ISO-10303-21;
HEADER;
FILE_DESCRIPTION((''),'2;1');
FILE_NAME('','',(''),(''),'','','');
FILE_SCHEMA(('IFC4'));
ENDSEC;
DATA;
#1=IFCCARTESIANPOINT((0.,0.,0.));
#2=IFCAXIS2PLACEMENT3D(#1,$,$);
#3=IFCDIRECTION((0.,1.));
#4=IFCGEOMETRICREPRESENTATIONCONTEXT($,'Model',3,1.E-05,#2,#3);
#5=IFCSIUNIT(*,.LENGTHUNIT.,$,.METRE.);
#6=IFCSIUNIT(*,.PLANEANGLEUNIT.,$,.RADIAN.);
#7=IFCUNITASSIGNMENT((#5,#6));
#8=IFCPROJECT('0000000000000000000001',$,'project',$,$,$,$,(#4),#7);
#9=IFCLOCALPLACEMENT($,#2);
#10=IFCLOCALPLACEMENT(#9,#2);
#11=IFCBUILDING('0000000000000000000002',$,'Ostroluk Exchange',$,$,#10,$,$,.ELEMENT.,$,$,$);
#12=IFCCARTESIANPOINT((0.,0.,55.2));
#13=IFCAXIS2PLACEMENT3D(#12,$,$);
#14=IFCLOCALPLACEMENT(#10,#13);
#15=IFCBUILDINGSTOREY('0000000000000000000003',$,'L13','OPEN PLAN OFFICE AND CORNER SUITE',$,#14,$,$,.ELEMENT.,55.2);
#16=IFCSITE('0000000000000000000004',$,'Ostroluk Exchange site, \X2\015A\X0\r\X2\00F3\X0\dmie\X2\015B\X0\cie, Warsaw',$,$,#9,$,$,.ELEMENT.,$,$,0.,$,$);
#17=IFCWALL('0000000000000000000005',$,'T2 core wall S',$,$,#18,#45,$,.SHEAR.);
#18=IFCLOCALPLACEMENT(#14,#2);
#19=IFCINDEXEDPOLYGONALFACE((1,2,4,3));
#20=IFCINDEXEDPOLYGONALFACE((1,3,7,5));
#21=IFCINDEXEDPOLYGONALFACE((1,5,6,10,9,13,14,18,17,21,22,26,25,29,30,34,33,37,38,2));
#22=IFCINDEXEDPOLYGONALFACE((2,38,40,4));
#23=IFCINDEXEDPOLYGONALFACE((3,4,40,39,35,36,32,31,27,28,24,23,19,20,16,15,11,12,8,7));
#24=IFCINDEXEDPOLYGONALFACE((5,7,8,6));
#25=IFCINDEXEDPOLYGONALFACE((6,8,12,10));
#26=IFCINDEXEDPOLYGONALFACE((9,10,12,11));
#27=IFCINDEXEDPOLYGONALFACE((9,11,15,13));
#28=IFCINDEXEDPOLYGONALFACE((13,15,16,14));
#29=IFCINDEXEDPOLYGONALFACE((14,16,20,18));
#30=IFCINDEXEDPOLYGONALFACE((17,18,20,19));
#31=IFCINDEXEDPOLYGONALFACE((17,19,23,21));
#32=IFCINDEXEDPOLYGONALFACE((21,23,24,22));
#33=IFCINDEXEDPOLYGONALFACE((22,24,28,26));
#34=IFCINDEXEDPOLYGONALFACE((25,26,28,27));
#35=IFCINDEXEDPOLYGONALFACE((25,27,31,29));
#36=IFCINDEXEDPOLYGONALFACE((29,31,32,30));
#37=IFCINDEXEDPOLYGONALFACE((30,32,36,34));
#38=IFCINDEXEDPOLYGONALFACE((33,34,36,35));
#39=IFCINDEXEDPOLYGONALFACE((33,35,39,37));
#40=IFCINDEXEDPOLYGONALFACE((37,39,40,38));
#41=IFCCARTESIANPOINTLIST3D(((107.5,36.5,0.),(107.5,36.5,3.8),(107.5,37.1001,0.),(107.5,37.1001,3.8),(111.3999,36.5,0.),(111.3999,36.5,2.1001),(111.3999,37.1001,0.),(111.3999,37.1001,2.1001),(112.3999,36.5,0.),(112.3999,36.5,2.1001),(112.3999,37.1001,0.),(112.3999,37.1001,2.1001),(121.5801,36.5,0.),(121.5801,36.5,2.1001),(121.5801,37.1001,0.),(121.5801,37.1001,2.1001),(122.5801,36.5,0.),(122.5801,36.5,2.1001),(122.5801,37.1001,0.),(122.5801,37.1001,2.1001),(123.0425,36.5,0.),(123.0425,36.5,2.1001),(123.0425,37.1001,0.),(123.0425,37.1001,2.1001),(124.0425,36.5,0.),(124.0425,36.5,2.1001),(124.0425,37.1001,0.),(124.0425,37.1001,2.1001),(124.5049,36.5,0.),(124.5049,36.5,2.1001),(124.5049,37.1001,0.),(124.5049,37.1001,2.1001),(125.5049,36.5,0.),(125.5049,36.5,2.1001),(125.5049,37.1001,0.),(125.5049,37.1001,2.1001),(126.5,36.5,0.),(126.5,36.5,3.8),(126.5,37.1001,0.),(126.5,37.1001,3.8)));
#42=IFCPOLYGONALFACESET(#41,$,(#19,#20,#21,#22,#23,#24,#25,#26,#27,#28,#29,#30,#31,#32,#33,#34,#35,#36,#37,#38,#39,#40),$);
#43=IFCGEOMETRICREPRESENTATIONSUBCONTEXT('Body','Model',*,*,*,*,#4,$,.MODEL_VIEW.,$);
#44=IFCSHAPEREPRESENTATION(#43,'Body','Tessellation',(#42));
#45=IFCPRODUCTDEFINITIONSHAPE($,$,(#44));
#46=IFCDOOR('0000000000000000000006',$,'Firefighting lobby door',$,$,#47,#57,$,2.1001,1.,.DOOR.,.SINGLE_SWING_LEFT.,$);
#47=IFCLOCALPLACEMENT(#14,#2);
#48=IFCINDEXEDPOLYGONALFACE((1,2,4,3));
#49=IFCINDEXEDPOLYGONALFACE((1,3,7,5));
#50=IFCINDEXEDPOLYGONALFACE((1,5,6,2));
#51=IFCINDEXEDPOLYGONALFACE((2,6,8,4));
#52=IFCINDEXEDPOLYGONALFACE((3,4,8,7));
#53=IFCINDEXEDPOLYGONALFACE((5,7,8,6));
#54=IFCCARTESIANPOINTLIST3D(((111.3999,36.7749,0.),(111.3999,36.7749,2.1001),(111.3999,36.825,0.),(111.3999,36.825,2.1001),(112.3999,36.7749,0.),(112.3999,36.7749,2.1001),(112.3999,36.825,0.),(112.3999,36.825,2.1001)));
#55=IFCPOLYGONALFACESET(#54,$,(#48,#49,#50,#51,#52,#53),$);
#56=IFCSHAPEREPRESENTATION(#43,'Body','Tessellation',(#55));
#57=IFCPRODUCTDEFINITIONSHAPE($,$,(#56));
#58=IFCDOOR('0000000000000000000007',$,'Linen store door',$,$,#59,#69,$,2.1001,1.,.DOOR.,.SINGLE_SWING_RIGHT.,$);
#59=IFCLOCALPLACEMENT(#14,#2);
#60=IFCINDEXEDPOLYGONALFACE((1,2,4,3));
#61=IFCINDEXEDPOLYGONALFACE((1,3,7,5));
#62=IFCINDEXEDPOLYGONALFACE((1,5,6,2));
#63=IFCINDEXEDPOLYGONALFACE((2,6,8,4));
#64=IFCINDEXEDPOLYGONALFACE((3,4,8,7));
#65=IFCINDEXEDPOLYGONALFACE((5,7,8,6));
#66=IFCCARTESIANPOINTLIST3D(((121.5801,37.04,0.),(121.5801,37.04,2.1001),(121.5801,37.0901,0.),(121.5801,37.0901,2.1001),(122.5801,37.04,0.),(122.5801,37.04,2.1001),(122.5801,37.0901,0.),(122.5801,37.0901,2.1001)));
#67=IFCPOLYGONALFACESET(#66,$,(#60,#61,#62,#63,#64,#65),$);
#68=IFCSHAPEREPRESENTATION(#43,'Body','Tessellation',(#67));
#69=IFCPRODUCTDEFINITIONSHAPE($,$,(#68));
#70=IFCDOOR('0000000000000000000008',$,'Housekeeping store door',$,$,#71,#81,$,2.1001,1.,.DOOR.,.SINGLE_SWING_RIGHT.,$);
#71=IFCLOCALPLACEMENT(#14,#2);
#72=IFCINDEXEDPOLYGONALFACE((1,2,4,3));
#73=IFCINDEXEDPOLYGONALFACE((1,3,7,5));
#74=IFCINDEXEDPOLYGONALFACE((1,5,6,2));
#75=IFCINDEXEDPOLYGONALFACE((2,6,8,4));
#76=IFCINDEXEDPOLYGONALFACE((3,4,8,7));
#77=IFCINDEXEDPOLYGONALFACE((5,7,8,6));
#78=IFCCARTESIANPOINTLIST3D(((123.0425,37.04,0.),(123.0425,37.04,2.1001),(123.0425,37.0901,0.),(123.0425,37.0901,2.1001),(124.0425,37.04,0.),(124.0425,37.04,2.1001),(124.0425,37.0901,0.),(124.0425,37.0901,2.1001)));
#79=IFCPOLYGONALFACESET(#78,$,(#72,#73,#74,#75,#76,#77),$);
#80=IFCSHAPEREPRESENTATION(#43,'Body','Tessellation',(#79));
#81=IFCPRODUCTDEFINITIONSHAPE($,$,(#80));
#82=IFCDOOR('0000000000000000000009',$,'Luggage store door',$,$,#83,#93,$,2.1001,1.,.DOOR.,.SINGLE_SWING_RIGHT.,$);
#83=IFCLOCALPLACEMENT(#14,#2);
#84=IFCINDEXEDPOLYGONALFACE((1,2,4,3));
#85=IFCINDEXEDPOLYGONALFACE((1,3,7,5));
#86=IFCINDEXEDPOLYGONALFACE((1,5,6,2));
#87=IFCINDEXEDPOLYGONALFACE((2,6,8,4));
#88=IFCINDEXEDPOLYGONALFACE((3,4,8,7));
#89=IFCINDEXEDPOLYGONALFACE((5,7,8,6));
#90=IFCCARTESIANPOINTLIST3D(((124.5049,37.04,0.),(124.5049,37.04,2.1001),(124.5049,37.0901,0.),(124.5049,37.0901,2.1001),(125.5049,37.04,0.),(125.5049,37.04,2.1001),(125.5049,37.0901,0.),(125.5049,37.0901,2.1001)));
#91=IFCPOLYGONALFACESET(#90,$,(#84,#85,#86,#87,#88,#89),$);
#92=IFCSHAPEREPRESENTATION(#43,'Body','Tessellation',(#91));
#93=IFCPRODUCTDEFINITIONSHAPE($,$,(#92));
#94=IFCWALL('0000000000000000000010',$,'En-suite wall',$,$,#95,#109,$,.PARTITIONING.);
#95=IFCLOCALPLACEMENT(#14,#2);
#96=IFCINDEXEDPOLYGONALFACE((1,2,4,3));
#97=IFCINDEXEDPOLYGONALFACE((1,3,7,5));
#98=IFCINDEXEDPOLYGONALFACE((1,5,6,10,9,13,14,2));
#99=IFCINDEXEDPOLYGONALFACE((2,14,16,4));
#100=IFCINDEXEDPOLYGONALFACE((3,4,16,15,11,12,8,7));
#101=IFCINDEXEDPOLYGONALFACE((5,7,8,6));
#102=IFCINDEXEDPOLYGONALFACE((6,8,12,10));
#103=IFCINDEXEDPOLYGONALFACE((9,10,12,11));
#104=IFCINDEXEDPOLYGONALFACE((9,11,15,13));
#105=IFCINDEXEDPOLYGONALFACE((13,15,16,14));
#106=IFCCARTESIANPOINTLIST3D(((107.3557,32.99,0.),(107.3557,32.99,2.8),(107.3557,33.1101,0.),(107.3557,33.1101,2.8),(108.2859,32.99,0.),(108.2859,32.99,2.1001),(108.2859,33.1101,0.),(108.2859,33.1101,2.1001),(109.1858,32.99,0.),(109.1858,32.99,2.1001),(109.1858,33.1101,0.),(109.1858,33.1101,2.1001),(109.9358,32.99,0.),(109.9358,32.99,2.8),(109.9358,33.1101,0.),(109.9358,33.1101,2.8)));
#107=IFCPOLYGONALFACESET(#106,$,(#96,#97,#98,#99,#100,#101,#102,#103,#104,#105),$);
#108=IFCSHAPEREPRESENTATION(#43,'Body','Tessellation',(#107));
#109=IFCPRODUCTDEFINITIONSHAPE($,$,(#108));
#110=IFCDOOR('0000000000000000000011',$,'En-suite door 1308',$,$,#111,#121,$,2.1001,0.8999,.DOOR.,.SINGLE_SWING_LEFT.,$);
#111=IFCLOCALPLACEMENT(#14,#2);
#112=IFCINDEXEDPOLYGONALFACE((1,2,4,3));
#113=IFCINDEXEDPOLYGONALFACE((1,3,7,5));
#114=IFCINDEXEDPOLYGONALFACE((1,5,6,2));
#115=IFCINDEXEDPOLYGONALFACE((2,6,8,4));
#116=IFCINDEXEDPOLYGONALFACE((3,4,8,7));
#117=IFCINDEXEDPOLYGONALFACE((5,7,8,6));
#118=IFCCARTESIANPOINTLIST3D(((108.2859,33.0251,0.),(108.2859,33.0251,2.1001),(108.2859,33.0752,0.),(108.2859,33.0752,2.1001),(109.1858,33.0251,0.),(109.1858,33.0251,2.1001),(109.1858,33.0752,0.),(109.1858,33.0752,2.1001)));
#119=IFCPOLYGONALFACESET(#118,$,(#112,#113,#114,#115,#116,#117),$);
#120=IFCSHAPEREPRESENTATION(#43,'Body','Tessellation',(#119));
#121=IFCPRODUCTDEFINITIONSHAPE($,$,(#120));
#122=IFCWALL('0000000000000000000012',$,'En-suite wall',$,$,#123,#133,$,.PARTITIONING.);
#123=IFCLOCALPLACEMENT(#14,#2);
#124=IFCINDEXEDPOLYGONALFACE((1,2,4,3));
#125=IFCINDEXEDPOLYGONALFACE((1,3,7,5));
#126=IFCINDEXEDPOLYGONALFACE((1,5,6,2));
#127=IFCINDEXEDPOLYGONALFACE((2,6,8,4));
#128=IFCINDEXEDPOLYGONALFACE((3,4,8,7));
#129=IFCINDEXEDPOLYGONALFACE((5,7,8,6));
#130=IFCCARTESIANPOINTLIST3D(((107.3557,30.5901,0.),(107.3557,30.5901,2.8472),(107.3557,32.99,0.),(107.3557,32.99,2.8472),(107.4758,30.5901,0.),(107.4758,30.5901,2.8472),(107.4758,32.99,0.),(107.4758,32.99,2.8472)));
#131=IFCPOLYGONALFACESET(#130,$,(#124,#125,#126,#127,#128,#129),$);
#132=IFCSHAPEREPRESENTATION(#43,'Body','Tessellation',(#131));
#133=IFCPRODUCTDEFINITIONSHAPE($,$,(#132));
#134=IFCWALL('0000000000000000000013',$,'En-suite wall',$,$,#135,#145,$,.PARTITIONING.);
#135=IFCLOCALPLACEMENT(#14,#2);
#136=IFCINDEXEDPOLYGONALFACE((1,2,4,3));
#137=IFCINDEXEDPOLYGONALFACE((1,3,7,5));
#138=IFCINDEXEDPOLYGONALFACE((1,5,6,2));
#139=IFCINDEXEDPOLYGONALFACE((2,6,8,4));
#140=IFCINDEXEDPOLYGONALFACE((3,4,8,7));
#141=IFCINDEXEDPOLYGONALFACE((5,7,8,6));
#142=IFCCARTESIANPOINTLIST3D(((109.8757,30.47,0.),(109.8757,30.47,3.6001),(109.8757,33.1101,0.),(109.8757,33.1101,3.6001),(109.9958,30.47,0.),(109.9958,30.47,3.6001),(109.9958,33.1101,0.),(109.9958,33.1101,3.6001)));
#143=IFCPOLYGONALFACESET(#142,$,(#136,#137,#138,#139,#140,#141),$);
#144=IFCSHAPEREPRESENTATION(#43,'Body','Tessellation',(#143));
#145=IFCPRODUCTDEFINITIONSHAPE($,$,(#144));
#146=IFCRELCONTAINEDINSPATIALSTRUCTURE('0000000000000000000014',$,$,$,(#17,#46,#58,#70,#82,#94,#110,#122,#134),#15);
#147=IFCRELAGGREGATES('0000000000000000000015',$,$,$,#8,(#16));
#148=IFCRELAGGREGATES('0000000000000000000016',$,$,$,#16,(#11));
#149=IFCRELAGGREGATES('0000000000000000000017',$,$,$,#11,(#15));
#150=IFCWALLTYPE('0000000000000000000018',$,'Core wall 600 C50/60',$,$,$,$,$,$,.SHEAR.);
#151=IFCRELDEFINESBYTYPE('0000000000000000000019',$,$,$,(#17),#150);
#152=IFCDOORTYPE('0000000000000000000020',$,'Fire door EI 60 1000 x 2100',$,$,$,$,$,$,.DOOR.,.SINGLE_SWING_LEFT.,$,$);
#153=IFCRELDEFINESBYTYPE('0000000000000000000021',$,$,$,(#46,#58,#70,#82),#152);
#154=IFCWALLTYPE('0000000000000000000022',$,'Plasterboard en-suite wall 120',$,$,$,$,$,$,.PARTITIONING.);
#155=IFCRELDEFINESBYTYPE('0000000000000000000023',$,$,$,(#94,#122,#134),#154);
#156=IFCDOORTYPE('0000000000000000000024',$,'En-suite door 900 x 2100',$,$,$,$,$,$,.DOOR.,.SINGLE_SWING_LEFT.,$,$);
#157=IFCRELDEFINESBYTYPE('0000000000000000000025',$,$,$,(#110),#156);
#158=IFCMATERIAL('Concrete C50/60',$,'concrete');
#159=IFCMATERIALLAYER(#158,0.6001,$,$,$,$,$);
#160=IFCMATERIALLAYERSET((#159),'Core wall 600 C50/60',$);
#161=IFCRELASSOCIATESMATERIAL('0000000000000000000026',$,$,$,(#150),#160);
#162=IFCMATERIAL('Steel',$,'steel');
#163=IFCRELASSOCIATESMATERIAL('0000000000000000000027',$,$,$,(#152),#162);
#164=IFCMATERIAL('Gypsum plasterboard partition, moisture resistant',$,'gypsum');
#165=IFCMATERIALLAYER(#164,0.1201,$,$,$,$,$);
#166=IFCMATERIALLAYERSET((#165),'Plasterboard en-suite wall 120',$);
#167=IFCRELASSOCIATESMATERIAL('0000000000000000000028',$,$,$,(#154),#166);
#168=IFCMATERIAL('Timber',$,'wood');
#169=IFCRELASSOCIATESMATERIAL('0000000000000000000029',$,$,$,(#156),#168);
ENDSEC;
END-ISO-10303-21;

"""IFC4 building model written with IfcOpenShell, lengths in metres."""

from ifc_helpers import new_model, si_unit, direction, frame, frame_2d, origin, place, context, subcontext, project, spatial, rectangle, extrude, material, layer, layer_set, type_object, element, fill, save


model = new_model("IFC4")

# Units and contexts
model_context = context("Model", 3, precision=1e-05, world=origin(), true_north=direction((0.0, 1.0)))
body_context = subcontext(model_context, "Body", "Model", "MODEL_VIEW")
ifc_project = project(units=[si_unit("LENGTHUNIT", "METRE"), si_unit("PLANEANGLEUNIT", "RADIAN")], contexts=[model_context])

# Site, building, storey
site_placement = place(None, origin())
site = spatial("IfcSite", under=ifc_project, at=site_placement, Name="Ostroluk Exchange site, Śródmieście, Warsaw", CompositionType="ELEMENT", RefElevation=0.0)
building_placement = place(site_placement, origin())
building = spatial("IfcBuilding", under=site, at=building_placement, Name="Ostroluk Exchange", CompositionType="ELEMENT")
storey_placement = place(building_placement, frame((0.0, 0.0, 55.2)))
storey = spatial("IfcBuildingStorey", under=building, at=storey_placement, Name="L13", Description="OPEN PLAN OFFICE AND CORNER SUITE", CompositionType="ELEMENT", Elevation=55.2)

# Wall, openings, doors
ifc_material_1 = material(Name="Concrete C50/60", Category="concrete")
ifc_layer_1 = layer(ifc_material_1, 0.6001)
ifc_layer_set_1 = layer_set([ifc_layer_1], Name="Core wall 600 C50/60")
wall_type_1 = type_object("IfcWallType", Name="Core wall 600 C50/60", PredefinedType="SHEAR", material=ifc_layer_set_1)
wall_1_placement = place(storey_placement, frame((107.5, 36.8, 0.0), z_axis=(0.0, 0.0, 1.0), x_axis=(1.0, 0.0, 0.0)))
wall_1 = element("IfcWall", 1, at=wall_1_placement, inside=storey, type_object=wall_type_1, Name="T2 core wall S", PredefinedType="SHEAR", context=body_context, shape_type="SweptSolid", body=[
    extrude(rectangle(XDim=19.0, YDim=0.6001, at=frame_2d((9.5, 0.0))), origin(), (0.0, 0.0, 1.0), 3.8),
])
opening_1_placement = place(wall_1_placement, frame((3.8999, 0.0, 0.0)))
opening_1 = element("IfcOpeningElement", 2, at=opening_1_placement, cuts=wall_1, PredefinedType="OPENING", context=body_context, shape_type="SweptSolid", body=[
    extrude(rectangle(XDim=1.0, YDim=2.1001, at=frame_2d((0.5, 1.05))), frame((0.0, 0.3101, 0.0), z_axis=(0.0, -1.0, 0.0), x_axis=(1.0, 0.0, 0.0)), (0.0, 0.0, 1.0), 0.6201),
])
opening_2_placement = place(wall_1_placement, frame((14.0801, 0.0, 0.0)))
opening_2 = element("IfcOpeningElement", 3, at=opening_2_placement, cuts=wall_1, PredefinedType="OPENING", context=body_context, shape_type="SweptSolid", body=[
    extrude(rectangle(XDim=1.0, YDim=2.1001, at=frame_2d((0.5, 1.05))), frame((0.0, 0.3101, 0.0), z_axis=(0.0, -1.0, 0.0), x_axis=(1.0, 0.0, 0.0)), (0.0, 0.0, 1.0), 0.6201),
])
opening_3_placement = place(wall_1_placement, frame((15.5425, 0.0, 0.0)))
opening_3 = element("IfcOpeningElement", 4, at=opening_3_placement, cuts=wall_1, PredefinedType="OPENING", context=body_context, shape_type="SweptSolid", body=[
    extrude(rectangle(XDim=1.0, YDim=2.1001, at=frame_2d((0.5, 1.05))), frame((0.0, 0.3101, 0.0), z_axis=(0.0, -1.0, 0.0), x_axis=(1.0, 0.0, 0.0)), (0.0, 0.0, 1.0), 0.6201),
])
opening_4_placement = place(wall_1_placement, frame((17.0049, 0.0, 0.0)))
opening_4 = element("IfcOpeningElement", 5, at=opening_4_placement, cuts=wall_1, PredefinedType="OPENING", context=body_context, shape_type="SweptSolid", body=[
    extrude(rectangle(XDim=1.0, YDim=2.1001, at=frame_2d((0.5, 1.05))), frame((0.0, 0.3101, 0.0), z_axis=(0.0, -1.0, 0.0), x_axis=(1.0, 0.0, 0.0)), (0.0, 0.0, 1.0), 0.6201),
])
ifc_material_2 = material(Name="Steel", Category="steel")
door_type_1 = type_object("IfcDoorType", Name="Fire door EI 60 1000 x 2100", OperationType="SINGLE_SWING_LEFT", PredefinedType="DOOR", material=ifc_material_2)
door_1_placement = place(opening_1_placement, origin())
door_1 = element("IfcDoor", 6, at=door_1_placement, inside=storey, type_object=door_type_1, Name="Firefighting lobby door", OperationType="SINGLE_SWING_LEFT", OverallHeight=2.1001, OverallWidth=1.0, PredefinedType="DOOR", context=body_context, shape_type="SweptSolid", body=[
    extrude(rectangle(XDim=1.0, YDim=2.1001, at=frame_2d((0.5, 1.05))), frame((0.0, 0.0249, 0.0), z_axis=(0.0, -1.0, 0.0), x_axis=(1.0, 0.0, 0.0)), (0.0, 0.0, 1.0), 0.05),
])
fill(opening_1, door_1)
door_2_placement = place(opening_2_placement, origin())
door_2 = element("IfcDoor", 7, at=door_2_placement, inside=storey, type_object=door_type_1, Name="Linen store door", OperationType="SINGLE_SWING_RIGHT", OverallHeight=2.1001, OverallWidth=1.0, PredefinedType="DOOR", context=body_context, shape_type="SweptSolid", body=[
    extrude(rectangle(XDim=1.0, YDim=2.1001, at=frame_2d((0.5, 1.05))), frame((0.0, 0.29, 0.0), z_axis=(0.0, -1.0, 0.0), x_axis=(1.0, 0.0, 0.0)), (0.0, 0.0, 1.0), 0.05),
])
fill(opening_2, door_2)
door_3_placement = place(opening_3_placement, origin())
door_3 = element("IfcDoor", 8, at=door_3_placement, inside=storey, type_object=door_type_1, Name="Housekeeping store door", OperationType="SINGLE_SWING_RIGHT", OverallHeight=2.1001, OverallWidth=1.0, PredefinedType="DOOR", context=body_context, shape_type="SweptSolid", body=[
    extrude(rectangle(XDim=1.0, YDim=2.1001, at=frame_2d((0.5, 1.05))), frame((0.0, 0.29, 0.0), z_axis=(0.0, -1.0, 0.0), x_axis=(1.0, 0.0, 0.0)), (0.0, 0.0, 1.0), 0.05),
])
fill(opening_3, door_3)
door_4_placement = place(opening_4_placement, origin())
door_4 = element("IfcDoor", 9, at=door_4_placement, inside=storey, type_object=door_type_1, Name="Luggage store door", OperationType="SINGLE_SWING_RIGHT", OverallHeight=2.1001, OverallWidth=1.0, PredefinedType="DOOR", context=body_context, shape_type="SweptSolid", body=[
    extrude(rectangle(XDim=1.0, YDim=2.1001, at=frame_2d((0.5, 1.05))), frame((0.0, 0.29, 0.0), z_axis=(0.0, -1.0, 0.0), x_axis=(1.0, 0.0, 0.0)), (0.0, 0.0, 1.0), 0.05),
])
fill(opening_4, door_4)

# Wall, opening, door
ifc_material_3 = material(Name="Gypsum plasterboard partition, moisture resistant", Category="gypsum")
ifc_layer_2 = layer(ifc_material_3, 0.1201)
ifc_layer_set_2 = layer_set([ifc_layer_2], Name="Plasterboard en-suite wall 120")
wall_type_2 = type_object("IfcWallType", Name="Plasterboard en-suite wall 120", PredefinedType="PARTITIONING", material=ifc_layer_set_2)
wall_2_placement = place(storey_placement, frame((109.9358, 33.05, 0.0), z_axis=(0.0, 0.0, 1.0), x_axis=(-1.0, 0.0, 0.0)))
wall_2 = element("IfcWall", 10, at=wall_2_placement, inside=storey, type_object=wall_type_2, Name="En-suite wall", PredefinedType="PARTITIONING", context=body_context, shape_type="SweptSolid", body=[
    extrude(rectangle(XDim=2.5801, YDim=0.1201, at=frame_2d((1.29, 0.0))), origin(), (0.0, 0.0, 1.0), 2.8),
])
opening_5_placement = place(wall_2_placement, frame((0.75, 0.0, 0.0)))
opening_5 = element("IfcOpeningElement", 11, at=opening_5_placement, cuts=wall_2, PredefinedType="OPENING", context=body_context, shape_type="SweptSolid", body=[
    extrude(rectangle(XDim=0.8999, YDim=2.1001, at=frame_2d((0.45, 1.05))), frame((0.0, 0.0701, 0.0), z_axis=(0.0, -1.0, 0.0), x_axis=(1.0, 0.0, 0.0)), (0.0, 0.0, 1.0), 0.1401),
])
ifc_material_4 = material(Name="Timber", Category="wood")
door_type_2 = type_object("IfcDoorType", Name="En-suite door 900 x 2100", OperationType="SINGLE_SWING_LEFT", PredefinedType="DOOR", material=ifc_material_4)
door_5_placement = place(opening_5_placement, origin())
door_5 = element("IfcDoor", 12, at=door_5_placement, inside=storey, type_object=door_type_2, Name="En-suite door 1308", OperationType="SINGLE_SWING_LEFT", OverallHeight=2.1001, OverallWidth=0.8999, PredefinedType="DOOR", context=body_context, shape_type="SweptSolid", body=[
    extrude(rectangle(XDim=0.8999, YDim=2.1001, at=frame_2d((0.45, 1.05))), frame((0.0, 0.0249, 0.0), z_axis=(0.0, -1.0, 0.0), x_axis=(1.0, 0.0, 0.0)), (0.0, 0.0, 1.0), 0.05),
])
fill(opening_5, door_5)

# Walls
wall_3_placement = place(storey_placement, frame((107.4158, 32.99, 0.0), z_axis=(0.0, 0.0, 1.0), x_axis=(0.0, -1.0, 0.0)))
element("IfcWall", 13, at=wall_3_placement, inside=storey, type_object=wall_type_2, Name="En-suite wall", PredefinedType="PARTITIONING", context=body_context, shape_type="SweptSolid", body=[
    extrude(rectangle(XDim=2.3999, YDim=0.1201, at=frame_2d((1.2, 0.0))), origin(), (0.0, 0.0, 1.0), 2.8472),
])
wall_4_placement = place(storey_placement, frame((109.9358, 33.1101, 0.0), z_axis=(0.0, 0.0, 1.0), x_axis=(0.0, -1.0, 0.0)))
element("IfcWall", 14, at=wall_4_placement, inside=storey, type_object=wall_type_2, Name="En-suite wall", PredefinedType="PARTITIONING", context=body_context, shape_type="SweptSolid", body=[
    extrude(rectangle(XDim=2.6401, YDim=0.1201, at=frame_2d((1.3201, 0.0))), origin(), (0.0, 0.0, 1.0), 3.6001),
])

save(model, "model.ifc")
